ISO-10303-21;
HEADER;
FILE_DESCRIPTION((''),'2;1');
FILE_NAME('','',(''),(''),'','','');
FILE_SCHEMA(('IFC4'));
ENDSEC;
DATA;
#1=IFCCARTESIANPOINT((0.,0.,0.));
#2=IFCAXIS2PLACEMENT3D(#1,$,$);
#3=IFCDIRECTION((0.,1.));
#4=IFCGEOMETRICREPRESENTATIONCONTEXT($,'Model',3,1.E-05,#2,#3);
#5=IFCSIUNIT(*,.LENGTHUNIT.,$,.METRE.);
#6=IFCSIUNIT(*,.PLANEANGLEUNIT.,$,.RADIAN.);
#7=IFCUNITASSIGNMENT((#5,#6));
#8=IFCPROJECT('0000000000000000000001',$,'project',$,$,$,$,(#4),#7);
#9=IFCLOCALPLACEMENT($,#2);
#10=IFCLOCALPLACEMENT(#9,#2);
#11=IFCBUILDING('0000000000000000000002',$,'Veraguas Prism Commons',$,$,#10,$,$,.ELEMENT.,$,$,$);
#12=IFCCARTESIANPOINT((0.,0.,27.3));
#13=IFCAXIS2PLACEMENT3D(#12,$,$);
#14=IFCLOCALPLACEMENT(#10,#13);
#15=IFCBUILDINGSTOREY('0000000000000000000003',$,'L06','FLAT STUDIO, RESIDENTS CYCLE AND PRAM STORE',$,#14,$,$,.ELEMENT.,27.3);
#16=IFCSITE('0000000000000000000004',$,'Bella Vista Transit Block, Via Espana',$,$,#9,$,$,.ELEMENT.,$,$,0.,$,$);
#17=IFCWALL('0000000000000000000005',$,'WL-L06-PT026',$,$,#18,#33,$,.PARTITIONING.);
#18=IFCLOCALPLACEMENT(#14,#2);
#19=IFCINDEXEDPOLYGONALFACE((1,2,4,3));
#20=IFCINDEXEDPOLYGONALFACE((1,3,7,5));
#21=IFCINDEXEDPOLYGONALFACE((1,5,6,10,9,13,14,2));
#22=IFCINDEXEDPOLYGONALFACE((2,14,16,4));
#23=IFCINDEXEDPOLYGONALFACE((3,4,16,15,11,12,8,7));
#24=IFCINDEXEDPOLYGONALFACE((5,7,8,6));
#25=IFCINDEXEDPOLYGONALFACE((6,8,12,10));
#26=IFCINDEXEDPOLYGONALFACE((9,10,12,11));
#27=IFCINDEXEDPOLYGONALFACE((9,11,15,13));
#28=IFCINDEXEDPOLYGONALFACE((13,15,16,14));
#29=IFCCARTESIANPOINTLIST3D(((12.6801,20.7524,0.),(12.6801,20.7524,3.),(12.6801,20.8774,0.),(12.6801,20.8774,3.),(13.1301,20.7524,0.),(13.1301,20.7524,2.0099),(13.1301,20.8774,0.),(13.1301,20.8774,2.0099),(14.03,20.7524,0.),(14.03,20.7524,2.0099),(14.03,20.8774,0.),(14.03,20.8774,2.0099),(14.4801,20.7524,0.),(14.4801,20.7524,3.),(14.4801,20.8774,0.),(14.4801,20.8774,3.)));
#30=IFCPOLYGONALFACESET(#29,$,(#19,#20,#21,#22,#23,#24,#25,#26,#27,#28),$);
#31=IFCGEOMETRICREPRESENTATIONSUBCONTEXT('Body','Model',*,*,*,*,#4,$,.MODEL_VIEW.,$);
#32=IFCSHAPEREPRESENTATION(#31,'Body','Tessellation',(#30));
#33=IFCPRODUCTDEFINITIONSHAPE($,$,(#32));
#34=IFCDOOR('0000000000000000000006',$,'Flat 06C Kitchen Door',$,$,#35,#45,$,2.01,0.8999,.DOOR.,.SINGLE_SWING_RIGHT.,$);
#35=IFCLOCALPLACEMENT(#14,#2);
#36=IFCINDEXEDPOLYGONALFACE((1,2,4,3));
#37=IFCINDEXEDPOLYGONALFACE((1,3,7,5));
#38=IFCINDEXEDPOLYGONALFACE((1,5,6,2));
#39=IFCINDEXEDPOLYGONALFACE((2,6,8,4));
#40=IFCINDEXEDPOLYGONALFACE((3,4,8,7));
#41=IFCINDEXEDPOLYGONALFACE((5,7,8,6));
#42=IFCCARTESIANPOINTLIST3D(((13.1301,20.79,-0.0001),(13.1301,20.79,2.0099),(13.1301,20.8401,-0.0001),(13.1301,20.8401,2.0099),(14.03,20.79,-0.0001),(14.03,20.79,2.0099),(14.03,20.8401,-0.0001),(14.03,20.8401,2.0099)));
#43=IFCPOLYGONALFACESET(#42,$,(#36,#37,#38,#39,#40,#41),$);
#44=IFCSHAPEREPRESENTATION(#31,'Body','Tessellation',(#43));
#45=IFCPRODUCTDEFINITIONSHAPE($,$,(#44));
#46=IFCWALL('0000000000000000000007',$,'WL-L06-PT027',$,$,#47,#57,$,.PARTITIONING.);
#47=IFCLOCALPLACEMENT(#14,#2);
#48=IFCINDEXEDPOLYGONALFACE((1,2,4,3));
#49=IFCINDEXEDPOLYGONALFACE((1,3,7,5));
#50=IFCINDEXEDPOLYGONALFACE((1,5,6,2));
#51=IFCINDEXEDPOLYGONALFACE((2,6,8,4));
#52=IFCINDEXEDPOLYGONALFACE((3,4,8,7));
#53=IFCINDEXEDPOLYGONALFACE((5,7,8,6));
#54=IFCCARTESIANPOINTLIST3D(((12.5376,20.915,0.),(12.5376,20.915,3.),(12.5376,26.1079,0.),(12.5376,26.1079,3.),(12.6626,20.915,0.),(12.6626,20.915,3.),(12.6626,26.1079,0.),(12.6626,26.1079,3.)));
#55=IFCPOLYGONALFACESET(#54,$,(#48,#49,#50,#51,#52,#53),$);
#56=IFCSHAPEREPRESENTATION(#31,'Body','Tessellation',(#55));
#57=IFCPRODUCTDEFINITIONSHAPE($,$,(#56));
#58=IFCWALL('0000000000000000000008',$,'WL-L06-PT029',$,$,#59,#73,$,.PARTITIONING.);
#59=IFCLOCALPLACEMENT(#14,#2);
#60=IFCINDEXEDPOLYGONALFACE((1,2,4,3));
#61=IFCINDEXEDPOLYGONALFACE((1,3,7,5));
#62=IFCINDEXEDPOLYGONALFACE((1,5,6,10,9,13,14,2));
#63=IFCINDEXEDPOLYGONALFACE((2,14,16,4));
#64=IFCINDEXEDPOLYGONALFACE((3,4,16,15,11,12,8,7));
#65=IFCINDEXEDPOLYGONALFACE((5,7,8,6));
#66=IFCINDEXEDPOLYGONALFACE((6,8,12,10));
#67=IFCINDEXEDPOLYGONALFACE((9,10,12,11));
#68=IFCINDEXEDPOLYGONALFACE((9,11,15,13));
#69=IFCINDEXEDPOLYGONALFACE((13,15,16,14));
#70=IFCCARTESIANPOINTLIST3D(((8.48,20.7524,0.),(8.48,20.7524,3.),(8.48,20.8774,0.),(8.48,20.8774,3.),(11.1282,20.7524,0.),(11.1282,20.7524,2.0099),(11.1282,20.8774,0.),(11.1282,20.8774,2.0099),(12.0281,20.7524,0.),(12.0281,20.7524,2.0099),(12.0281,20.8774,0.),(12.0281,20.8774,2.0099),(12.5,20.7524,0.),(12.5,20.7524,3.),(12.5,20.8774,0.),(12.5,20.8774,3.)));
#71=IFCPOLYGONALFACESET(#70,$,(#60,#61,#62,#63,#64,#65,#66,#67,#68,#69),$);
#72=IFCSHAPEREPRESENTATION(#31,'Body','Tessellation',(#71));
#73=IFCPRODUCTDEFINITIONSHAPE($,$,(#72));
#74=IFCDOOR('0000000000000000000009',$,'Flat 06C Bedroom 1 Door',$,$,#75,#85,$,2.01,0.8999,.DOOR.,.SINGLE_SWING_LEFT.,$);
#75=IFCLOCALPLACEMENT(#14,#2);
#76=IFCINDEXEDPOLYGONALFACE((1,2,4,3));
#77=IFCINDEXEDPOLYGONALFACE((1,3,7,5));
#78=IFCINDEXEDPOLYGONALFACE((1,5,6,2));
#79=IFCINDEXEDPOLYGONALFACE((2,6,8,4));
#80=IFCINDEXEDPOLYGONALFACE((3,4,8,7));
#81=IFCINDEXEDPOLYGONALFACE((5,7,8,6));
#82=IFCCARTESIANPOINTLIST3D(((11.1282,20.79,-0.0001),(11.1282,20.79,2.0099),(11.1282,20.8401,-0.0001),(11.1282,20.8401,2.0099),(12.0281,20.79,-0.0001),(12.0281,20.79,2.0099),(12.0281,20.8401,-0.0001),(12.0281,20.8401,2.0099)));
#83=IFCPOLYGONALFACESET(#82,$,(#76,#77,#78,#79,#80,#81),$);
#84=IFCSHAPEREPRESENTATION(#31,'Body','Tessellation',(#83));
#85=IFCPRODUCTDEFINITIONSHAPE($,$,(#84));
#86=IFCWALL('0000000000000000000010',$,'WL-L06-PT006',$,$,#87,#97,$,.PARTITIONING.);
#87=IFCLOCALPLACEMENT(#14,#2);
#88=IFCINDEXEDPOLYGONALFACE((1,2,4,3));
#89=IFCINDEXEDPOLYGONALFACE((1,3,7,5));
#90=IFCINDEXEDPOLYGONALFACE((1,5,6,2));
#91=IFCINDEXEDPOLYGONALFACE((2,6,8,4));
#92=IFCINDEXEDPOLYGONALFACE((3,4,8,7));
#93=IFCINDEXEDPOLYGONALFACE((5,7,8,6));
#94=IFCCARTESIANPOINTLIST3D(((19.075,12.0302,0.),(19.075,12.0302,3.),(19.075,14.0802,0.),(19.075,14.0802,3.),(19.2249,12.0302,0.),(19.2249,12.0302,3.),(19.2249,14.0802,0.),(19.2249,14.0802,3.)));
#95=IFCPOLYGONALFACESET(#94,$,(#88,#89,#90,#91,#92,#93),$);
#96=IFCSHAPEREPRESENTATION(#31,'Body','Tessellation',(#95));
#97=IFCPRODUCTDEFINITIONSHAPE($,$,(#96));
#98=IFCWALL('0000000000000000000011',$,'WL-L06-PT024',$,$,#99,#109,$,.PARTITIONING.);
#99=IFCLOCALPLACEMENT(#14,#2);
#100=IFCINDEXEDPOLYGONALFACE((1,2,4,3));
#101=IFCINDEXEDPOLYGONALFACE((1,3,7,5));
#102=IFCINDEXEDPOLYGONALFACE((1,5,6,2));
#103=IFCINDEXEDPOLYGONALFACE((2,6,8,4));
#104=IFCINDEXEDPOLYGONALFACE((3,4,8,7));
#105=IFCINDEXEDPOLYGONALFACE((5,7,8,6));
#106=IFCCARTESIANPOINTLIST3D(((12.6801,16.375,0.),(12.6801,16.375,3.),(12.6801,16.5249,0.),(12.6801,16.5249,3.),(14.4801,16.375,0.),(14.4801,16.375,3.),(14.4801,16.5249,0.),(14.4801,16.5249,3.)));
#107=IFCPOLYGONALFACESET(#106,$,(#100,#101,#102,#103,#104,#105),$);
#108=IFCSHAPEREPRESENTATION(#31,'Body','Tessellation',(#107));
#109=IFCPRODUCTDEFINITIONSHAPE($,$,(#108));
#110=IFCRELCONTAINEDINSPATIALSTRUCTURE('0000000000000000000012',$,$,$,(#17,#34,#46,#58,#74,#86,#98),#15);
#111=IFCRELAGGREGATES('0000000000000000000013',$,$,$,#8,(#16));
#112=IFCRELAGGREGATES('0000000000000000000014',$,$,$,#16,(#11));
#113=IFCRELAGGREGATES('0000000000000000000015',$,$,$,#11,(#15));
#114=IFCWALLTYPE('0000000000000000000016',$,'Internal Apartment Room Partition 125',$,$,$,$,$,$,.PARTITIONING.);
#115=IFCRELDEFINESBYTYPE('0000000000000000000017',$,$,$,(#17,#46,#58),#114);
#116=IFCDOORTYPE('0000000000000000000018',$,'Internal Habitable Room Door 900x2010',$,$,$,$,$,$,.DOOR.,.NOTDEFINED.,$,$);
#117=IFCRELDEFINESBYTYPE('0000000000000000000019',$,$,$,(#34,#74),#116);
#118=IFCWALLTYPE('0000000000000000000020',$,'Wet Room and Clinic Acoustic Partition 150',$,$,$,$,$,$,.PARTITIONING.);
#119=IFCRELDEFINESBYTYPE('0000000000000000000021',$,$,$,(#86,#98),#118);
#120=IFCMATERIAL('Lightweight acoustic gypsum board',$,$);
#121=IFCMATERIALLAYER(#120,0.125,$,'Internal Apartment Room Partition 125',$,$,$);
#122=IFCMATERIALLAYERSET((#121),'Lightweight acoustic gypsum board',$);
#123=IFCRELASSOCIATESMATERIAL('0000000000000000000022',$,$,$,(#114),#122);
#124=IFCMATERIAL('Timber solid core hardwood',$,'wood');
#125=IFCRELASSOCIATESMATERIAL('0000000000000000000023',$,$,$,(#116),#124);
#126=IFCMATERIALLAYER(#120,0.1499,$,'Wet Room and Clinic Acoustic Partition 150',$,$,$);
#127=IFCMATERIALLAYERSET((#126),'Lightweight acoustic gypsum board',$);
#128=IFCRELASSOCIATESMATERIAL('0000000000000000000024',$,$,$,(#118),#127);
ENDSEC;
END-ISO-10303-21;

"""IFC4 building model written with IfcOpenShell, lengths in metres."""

from ifc_helpers import new_model, si_unit, direction, frame, frame_2d, origin, place, context, subcontext, project, spatial, rectangle, extrude, source, transform, mapped, material, layer, layer_set, type_object, element, fill, save


model = new_model("IFC4")

# Units and contexts
model_context = context("Model", 3, precision=1e-05, world=origin(), true_north=direction((0.0, 1.0)))
body_context = subcontext(model_context, "Body", "Model", "MODEL_VIEW")
ifc_project = project(units=[si_unit("LENGTHUNIT", "METRE"), si_unit("PLANEANGLEUNIT", "RADIAN")], contexts=[model_context])

# Site, building, storey
site_placement = place(None, origin())
site = spatial("IfcSite", under=ifc_project, at=site_placement, Name="Bella Vista Transit Block, Via Espana", CompositionType="ELEMENT", RefElevation=0.0)
building_placement = place(site_placement, origin())
building = spatial("IfcBuilding", under=site, at=building_placement, Name="Veraguas Prism Commons", CompositionType="ELEMENT")
storey_placement = place(building_placement, frame((0.0, 0.0, 27.3)))
storey = spatial("IfcBuildingStorey", under=building, at=storey_placement, Name="L06", Description="FLAT STUDIO, RESIDENTS CYCLE AND PRAM STORE", CompositionType="ELEMENT", Elevation=27.3)

# Wall, opening, door
ifc_material_1 = material(Name="Lightweight acoustic gypsum board")
ifc_layer_1 = layer(ifc_material_1, 0.125, Name="Internal Apartment Room Partition 125")
ifc_layer_set_1 = layer_set([ifc_layer_1], Name="Lightweight acoustic gypsum board")
wall_type_1 = type_object("IfcWallType", Name="Internal Apartment Room Partition 125", PredefinedType="PARTITIONING", material=ifc_layer_set_1)
wall_1_placement = place(storey_placement, frame((14.48, 20.8149, 0.0), z_axis=(0.0, 0.0, 1.0), x_axis=(-1.0, 0.0, 0.0)))
wall_1 = element("IfcWall", 1, at=wall_1_placement, inside=storey, type_object=wall_type_1, Name="WL-L06-PT026", PredefinedType="PARTITIONING", context=body_context, shape_type="SweptSolid", body=[
    extrude(rectangle(XDim=1.8, YDim=0.125, at=frame_2d((0.8999, 0.0))), origin(), (0.0, 0.0, 1.0), 3.0),
])
opening_1_placement = place(wall_1_placement, frame((0.45, 0.0, 0.0)))
opening_1 = element("IfcOpeningElement", 2, at=opening_1_placement, cuts=wall_1, PredefinedType="OPENING", context=body_context, shape_type="SweptSolid", body=[
    extrude(rectangle(XDim=0.8999, YDim=2.01, at=frame_2d((0.45, 1.0049))), frame((0.0, 0.0725, 0.0), z_axis=(0.0, -1.0, 0.0), x_axis=(1.0, 0.0, 0.0)), (0.0, 0.0, 1.0), 0.145),
])
ifc_material_2 = material(Name="Timber solid core hardwood", Category="wood")
door_type_1 = type_object("IfcDoorType", Name="Internal Habitable Room Door 900x2010", OperationType="NOTDEFINED", PredefinedType="DOOR", material=ifc_material_2)
shared_shape_1 = source(origin(), body_context, "Body", "SweptSolid", [
    extrude(rectangle(XDim=0.8999, YDim=2.01, at=frame_2d((0.45, 1.0049))), frame((0.0, 0.0249, 0.0), z_axis=(0.0, -1.0, 0.0), x_axis=(1.0, 0.0, 0.0)), (0.0, 0.0, 1.0), 0.05),
])
door_1_placement = place(opening_1_placement, origin())
door_1 = element("IfcDoor", 3, at=door_1_placement, inside=storey, type_object=door_type_1, Name="Flat 06C Kitchen Door", OperationType="SINGLE_SWING_RIGHT", OverallHeight=2.01, OverallWidth=0.8999, PredefinedType="DOOR", context=body_context, shape_type="MappedRepresentation", body=[
    mapped(shared_shape_1, transform((0.0, 0.0, 0.0), scale=1.0)),
])
fill(opening_1, door_1)

# Wall
wall_2_placement = place(storey_placement, frame((12.6001, 20.915, 0.0), z_axis=(0.0, 0.0, 1.0), x_axis=(0.0, 1.0, 0.0)))
element("IfcWall", 4, at=wall_2_placement, inside=storey, type_object=wall_type_1, Name="WL-L06-PT027", PredefinedType="PARTITIONING", context=body_context, shape_type="SweptSolid", body=[
    extrude(rectangle(XDim=5.1929, YDim=0.125, at=frame_2d((2.5964, 0.0))), origin(), (0.0, 0.0, 1.0), 3.0),
])

# Wall, opening, door
wall_3_placement = place(storey_placement, frame((12.5, 20.8149, 0.0), z_axis=(0.0, 0.0, 1.0), x_axis=(-1.0, 0.0, 0.0)))
wall_3 = element("IfcWall", 5, at=wall_3_placement, inside=storey, type_object=wall_type_1, Name="WL-L06-PT029", PredefinedType="PARTITIONING", context=body_context, shape_type="SweptSolid", body=[
    extrude(rectangle(XDim=4.02, YDim=0.125, at=frame_2d((2.01, 0.0))), origin(), (0.0, 0.0, 1.0), 3.0),
])
opening_2_placement = place(wall_3_placement, frame((0.4719, 0.0, 0.0)))
opening_2 = element("IfcOpeningElement", 6, at=opening_2_placement, cuts=wall_3, PredefinedType="OPENING", context=body_context, shape_type="SweptSolid", body=[
    extrude(rectangle(XDim=0.8999, YDim=2.01, at=frame_2d((0.45, 1.0049))), frame((0.0, 0.0725, 0.0), z_axis=(0.0, -1.0, 0.0), x_axis=(1.0, 0.0, 0.0)), (0.0, 0.0, 1.0), 0.145),
])
door_2_placement = place(opening_2_placement, origin())
door_2 = element("IfcDoor", 7, at=door_2_placement, inside=storey, type_object=door_type_1, Name="Flat 06C Bedroom 1 Door", OperationType="SINGLE_SWING_LEFT", OverallHeight=2.01, OverallWidth=0.8999, PredefinedType="DOOR", context=body_context, shape_type="MappedRepresentation", body=[
    mapped(shared_shape_1, transform((0.0, 0.0, 0.0), scale=1.0)),
])
fill(opening_2, door_2)

# Walls
ifc_layer_2 = layer(ifc_material_1, 0.1499, Name="Wet Room and Clinic Acoustic Partition 150")
ifc_layer_set_2 = layer_set([ifc_layer_2], Name="Lightweight acoustic gypsum board")
wall_type_2 = type_object("IfcWallType", Name="Wet Room and Clinic Acoustic Partition 150", PredefinedType="PARTITIONING", material=ifc_layer_set_2)
wall_4_placement = place(storey_placement, frame((19.1499, 14.0801, 0.0), z_axis=(0.0, 0.0, 1.0), x_axis=(0.0, -1.0, 0.0)))
element("IfcWall", 8, at=wall_4_placement, inside=storey, type_object=wall_type_2, Name="WL-L06-PT006", PredefinedType="PARTITIONING", context=body_context, shape_type="SweptSolid", body=[
    extrude(rectangle(XDim=2.05, YDim=0.1499, at=frame_2d((1.0249, 0.0))), origin(), (0.0, 0.0, 1.0), 3.0),
])
wall_5_placement = place(storey_placement, frame((14.48, 16.45, 0.0), z_axis=(0.0, 0.0, 1.0), x_axis=(-1.0, 0.0, 0.0)))
element("IfcWall", 9, at=wall_5_placement, inside=storey, type_object=wall_type_2, Name="WL-L06-PT024", PredefinedType="PARTITIONING", context=body_context, shape_type="SweptSolid", body=[
    extrude(rectangle(XDim=1.8, YDim=0.1499, at=frame_2d((0.8999, 0.0))), origin(), (0.0, 0.0, 1.0), 3.0),
])

save(model, "model.ifc")
